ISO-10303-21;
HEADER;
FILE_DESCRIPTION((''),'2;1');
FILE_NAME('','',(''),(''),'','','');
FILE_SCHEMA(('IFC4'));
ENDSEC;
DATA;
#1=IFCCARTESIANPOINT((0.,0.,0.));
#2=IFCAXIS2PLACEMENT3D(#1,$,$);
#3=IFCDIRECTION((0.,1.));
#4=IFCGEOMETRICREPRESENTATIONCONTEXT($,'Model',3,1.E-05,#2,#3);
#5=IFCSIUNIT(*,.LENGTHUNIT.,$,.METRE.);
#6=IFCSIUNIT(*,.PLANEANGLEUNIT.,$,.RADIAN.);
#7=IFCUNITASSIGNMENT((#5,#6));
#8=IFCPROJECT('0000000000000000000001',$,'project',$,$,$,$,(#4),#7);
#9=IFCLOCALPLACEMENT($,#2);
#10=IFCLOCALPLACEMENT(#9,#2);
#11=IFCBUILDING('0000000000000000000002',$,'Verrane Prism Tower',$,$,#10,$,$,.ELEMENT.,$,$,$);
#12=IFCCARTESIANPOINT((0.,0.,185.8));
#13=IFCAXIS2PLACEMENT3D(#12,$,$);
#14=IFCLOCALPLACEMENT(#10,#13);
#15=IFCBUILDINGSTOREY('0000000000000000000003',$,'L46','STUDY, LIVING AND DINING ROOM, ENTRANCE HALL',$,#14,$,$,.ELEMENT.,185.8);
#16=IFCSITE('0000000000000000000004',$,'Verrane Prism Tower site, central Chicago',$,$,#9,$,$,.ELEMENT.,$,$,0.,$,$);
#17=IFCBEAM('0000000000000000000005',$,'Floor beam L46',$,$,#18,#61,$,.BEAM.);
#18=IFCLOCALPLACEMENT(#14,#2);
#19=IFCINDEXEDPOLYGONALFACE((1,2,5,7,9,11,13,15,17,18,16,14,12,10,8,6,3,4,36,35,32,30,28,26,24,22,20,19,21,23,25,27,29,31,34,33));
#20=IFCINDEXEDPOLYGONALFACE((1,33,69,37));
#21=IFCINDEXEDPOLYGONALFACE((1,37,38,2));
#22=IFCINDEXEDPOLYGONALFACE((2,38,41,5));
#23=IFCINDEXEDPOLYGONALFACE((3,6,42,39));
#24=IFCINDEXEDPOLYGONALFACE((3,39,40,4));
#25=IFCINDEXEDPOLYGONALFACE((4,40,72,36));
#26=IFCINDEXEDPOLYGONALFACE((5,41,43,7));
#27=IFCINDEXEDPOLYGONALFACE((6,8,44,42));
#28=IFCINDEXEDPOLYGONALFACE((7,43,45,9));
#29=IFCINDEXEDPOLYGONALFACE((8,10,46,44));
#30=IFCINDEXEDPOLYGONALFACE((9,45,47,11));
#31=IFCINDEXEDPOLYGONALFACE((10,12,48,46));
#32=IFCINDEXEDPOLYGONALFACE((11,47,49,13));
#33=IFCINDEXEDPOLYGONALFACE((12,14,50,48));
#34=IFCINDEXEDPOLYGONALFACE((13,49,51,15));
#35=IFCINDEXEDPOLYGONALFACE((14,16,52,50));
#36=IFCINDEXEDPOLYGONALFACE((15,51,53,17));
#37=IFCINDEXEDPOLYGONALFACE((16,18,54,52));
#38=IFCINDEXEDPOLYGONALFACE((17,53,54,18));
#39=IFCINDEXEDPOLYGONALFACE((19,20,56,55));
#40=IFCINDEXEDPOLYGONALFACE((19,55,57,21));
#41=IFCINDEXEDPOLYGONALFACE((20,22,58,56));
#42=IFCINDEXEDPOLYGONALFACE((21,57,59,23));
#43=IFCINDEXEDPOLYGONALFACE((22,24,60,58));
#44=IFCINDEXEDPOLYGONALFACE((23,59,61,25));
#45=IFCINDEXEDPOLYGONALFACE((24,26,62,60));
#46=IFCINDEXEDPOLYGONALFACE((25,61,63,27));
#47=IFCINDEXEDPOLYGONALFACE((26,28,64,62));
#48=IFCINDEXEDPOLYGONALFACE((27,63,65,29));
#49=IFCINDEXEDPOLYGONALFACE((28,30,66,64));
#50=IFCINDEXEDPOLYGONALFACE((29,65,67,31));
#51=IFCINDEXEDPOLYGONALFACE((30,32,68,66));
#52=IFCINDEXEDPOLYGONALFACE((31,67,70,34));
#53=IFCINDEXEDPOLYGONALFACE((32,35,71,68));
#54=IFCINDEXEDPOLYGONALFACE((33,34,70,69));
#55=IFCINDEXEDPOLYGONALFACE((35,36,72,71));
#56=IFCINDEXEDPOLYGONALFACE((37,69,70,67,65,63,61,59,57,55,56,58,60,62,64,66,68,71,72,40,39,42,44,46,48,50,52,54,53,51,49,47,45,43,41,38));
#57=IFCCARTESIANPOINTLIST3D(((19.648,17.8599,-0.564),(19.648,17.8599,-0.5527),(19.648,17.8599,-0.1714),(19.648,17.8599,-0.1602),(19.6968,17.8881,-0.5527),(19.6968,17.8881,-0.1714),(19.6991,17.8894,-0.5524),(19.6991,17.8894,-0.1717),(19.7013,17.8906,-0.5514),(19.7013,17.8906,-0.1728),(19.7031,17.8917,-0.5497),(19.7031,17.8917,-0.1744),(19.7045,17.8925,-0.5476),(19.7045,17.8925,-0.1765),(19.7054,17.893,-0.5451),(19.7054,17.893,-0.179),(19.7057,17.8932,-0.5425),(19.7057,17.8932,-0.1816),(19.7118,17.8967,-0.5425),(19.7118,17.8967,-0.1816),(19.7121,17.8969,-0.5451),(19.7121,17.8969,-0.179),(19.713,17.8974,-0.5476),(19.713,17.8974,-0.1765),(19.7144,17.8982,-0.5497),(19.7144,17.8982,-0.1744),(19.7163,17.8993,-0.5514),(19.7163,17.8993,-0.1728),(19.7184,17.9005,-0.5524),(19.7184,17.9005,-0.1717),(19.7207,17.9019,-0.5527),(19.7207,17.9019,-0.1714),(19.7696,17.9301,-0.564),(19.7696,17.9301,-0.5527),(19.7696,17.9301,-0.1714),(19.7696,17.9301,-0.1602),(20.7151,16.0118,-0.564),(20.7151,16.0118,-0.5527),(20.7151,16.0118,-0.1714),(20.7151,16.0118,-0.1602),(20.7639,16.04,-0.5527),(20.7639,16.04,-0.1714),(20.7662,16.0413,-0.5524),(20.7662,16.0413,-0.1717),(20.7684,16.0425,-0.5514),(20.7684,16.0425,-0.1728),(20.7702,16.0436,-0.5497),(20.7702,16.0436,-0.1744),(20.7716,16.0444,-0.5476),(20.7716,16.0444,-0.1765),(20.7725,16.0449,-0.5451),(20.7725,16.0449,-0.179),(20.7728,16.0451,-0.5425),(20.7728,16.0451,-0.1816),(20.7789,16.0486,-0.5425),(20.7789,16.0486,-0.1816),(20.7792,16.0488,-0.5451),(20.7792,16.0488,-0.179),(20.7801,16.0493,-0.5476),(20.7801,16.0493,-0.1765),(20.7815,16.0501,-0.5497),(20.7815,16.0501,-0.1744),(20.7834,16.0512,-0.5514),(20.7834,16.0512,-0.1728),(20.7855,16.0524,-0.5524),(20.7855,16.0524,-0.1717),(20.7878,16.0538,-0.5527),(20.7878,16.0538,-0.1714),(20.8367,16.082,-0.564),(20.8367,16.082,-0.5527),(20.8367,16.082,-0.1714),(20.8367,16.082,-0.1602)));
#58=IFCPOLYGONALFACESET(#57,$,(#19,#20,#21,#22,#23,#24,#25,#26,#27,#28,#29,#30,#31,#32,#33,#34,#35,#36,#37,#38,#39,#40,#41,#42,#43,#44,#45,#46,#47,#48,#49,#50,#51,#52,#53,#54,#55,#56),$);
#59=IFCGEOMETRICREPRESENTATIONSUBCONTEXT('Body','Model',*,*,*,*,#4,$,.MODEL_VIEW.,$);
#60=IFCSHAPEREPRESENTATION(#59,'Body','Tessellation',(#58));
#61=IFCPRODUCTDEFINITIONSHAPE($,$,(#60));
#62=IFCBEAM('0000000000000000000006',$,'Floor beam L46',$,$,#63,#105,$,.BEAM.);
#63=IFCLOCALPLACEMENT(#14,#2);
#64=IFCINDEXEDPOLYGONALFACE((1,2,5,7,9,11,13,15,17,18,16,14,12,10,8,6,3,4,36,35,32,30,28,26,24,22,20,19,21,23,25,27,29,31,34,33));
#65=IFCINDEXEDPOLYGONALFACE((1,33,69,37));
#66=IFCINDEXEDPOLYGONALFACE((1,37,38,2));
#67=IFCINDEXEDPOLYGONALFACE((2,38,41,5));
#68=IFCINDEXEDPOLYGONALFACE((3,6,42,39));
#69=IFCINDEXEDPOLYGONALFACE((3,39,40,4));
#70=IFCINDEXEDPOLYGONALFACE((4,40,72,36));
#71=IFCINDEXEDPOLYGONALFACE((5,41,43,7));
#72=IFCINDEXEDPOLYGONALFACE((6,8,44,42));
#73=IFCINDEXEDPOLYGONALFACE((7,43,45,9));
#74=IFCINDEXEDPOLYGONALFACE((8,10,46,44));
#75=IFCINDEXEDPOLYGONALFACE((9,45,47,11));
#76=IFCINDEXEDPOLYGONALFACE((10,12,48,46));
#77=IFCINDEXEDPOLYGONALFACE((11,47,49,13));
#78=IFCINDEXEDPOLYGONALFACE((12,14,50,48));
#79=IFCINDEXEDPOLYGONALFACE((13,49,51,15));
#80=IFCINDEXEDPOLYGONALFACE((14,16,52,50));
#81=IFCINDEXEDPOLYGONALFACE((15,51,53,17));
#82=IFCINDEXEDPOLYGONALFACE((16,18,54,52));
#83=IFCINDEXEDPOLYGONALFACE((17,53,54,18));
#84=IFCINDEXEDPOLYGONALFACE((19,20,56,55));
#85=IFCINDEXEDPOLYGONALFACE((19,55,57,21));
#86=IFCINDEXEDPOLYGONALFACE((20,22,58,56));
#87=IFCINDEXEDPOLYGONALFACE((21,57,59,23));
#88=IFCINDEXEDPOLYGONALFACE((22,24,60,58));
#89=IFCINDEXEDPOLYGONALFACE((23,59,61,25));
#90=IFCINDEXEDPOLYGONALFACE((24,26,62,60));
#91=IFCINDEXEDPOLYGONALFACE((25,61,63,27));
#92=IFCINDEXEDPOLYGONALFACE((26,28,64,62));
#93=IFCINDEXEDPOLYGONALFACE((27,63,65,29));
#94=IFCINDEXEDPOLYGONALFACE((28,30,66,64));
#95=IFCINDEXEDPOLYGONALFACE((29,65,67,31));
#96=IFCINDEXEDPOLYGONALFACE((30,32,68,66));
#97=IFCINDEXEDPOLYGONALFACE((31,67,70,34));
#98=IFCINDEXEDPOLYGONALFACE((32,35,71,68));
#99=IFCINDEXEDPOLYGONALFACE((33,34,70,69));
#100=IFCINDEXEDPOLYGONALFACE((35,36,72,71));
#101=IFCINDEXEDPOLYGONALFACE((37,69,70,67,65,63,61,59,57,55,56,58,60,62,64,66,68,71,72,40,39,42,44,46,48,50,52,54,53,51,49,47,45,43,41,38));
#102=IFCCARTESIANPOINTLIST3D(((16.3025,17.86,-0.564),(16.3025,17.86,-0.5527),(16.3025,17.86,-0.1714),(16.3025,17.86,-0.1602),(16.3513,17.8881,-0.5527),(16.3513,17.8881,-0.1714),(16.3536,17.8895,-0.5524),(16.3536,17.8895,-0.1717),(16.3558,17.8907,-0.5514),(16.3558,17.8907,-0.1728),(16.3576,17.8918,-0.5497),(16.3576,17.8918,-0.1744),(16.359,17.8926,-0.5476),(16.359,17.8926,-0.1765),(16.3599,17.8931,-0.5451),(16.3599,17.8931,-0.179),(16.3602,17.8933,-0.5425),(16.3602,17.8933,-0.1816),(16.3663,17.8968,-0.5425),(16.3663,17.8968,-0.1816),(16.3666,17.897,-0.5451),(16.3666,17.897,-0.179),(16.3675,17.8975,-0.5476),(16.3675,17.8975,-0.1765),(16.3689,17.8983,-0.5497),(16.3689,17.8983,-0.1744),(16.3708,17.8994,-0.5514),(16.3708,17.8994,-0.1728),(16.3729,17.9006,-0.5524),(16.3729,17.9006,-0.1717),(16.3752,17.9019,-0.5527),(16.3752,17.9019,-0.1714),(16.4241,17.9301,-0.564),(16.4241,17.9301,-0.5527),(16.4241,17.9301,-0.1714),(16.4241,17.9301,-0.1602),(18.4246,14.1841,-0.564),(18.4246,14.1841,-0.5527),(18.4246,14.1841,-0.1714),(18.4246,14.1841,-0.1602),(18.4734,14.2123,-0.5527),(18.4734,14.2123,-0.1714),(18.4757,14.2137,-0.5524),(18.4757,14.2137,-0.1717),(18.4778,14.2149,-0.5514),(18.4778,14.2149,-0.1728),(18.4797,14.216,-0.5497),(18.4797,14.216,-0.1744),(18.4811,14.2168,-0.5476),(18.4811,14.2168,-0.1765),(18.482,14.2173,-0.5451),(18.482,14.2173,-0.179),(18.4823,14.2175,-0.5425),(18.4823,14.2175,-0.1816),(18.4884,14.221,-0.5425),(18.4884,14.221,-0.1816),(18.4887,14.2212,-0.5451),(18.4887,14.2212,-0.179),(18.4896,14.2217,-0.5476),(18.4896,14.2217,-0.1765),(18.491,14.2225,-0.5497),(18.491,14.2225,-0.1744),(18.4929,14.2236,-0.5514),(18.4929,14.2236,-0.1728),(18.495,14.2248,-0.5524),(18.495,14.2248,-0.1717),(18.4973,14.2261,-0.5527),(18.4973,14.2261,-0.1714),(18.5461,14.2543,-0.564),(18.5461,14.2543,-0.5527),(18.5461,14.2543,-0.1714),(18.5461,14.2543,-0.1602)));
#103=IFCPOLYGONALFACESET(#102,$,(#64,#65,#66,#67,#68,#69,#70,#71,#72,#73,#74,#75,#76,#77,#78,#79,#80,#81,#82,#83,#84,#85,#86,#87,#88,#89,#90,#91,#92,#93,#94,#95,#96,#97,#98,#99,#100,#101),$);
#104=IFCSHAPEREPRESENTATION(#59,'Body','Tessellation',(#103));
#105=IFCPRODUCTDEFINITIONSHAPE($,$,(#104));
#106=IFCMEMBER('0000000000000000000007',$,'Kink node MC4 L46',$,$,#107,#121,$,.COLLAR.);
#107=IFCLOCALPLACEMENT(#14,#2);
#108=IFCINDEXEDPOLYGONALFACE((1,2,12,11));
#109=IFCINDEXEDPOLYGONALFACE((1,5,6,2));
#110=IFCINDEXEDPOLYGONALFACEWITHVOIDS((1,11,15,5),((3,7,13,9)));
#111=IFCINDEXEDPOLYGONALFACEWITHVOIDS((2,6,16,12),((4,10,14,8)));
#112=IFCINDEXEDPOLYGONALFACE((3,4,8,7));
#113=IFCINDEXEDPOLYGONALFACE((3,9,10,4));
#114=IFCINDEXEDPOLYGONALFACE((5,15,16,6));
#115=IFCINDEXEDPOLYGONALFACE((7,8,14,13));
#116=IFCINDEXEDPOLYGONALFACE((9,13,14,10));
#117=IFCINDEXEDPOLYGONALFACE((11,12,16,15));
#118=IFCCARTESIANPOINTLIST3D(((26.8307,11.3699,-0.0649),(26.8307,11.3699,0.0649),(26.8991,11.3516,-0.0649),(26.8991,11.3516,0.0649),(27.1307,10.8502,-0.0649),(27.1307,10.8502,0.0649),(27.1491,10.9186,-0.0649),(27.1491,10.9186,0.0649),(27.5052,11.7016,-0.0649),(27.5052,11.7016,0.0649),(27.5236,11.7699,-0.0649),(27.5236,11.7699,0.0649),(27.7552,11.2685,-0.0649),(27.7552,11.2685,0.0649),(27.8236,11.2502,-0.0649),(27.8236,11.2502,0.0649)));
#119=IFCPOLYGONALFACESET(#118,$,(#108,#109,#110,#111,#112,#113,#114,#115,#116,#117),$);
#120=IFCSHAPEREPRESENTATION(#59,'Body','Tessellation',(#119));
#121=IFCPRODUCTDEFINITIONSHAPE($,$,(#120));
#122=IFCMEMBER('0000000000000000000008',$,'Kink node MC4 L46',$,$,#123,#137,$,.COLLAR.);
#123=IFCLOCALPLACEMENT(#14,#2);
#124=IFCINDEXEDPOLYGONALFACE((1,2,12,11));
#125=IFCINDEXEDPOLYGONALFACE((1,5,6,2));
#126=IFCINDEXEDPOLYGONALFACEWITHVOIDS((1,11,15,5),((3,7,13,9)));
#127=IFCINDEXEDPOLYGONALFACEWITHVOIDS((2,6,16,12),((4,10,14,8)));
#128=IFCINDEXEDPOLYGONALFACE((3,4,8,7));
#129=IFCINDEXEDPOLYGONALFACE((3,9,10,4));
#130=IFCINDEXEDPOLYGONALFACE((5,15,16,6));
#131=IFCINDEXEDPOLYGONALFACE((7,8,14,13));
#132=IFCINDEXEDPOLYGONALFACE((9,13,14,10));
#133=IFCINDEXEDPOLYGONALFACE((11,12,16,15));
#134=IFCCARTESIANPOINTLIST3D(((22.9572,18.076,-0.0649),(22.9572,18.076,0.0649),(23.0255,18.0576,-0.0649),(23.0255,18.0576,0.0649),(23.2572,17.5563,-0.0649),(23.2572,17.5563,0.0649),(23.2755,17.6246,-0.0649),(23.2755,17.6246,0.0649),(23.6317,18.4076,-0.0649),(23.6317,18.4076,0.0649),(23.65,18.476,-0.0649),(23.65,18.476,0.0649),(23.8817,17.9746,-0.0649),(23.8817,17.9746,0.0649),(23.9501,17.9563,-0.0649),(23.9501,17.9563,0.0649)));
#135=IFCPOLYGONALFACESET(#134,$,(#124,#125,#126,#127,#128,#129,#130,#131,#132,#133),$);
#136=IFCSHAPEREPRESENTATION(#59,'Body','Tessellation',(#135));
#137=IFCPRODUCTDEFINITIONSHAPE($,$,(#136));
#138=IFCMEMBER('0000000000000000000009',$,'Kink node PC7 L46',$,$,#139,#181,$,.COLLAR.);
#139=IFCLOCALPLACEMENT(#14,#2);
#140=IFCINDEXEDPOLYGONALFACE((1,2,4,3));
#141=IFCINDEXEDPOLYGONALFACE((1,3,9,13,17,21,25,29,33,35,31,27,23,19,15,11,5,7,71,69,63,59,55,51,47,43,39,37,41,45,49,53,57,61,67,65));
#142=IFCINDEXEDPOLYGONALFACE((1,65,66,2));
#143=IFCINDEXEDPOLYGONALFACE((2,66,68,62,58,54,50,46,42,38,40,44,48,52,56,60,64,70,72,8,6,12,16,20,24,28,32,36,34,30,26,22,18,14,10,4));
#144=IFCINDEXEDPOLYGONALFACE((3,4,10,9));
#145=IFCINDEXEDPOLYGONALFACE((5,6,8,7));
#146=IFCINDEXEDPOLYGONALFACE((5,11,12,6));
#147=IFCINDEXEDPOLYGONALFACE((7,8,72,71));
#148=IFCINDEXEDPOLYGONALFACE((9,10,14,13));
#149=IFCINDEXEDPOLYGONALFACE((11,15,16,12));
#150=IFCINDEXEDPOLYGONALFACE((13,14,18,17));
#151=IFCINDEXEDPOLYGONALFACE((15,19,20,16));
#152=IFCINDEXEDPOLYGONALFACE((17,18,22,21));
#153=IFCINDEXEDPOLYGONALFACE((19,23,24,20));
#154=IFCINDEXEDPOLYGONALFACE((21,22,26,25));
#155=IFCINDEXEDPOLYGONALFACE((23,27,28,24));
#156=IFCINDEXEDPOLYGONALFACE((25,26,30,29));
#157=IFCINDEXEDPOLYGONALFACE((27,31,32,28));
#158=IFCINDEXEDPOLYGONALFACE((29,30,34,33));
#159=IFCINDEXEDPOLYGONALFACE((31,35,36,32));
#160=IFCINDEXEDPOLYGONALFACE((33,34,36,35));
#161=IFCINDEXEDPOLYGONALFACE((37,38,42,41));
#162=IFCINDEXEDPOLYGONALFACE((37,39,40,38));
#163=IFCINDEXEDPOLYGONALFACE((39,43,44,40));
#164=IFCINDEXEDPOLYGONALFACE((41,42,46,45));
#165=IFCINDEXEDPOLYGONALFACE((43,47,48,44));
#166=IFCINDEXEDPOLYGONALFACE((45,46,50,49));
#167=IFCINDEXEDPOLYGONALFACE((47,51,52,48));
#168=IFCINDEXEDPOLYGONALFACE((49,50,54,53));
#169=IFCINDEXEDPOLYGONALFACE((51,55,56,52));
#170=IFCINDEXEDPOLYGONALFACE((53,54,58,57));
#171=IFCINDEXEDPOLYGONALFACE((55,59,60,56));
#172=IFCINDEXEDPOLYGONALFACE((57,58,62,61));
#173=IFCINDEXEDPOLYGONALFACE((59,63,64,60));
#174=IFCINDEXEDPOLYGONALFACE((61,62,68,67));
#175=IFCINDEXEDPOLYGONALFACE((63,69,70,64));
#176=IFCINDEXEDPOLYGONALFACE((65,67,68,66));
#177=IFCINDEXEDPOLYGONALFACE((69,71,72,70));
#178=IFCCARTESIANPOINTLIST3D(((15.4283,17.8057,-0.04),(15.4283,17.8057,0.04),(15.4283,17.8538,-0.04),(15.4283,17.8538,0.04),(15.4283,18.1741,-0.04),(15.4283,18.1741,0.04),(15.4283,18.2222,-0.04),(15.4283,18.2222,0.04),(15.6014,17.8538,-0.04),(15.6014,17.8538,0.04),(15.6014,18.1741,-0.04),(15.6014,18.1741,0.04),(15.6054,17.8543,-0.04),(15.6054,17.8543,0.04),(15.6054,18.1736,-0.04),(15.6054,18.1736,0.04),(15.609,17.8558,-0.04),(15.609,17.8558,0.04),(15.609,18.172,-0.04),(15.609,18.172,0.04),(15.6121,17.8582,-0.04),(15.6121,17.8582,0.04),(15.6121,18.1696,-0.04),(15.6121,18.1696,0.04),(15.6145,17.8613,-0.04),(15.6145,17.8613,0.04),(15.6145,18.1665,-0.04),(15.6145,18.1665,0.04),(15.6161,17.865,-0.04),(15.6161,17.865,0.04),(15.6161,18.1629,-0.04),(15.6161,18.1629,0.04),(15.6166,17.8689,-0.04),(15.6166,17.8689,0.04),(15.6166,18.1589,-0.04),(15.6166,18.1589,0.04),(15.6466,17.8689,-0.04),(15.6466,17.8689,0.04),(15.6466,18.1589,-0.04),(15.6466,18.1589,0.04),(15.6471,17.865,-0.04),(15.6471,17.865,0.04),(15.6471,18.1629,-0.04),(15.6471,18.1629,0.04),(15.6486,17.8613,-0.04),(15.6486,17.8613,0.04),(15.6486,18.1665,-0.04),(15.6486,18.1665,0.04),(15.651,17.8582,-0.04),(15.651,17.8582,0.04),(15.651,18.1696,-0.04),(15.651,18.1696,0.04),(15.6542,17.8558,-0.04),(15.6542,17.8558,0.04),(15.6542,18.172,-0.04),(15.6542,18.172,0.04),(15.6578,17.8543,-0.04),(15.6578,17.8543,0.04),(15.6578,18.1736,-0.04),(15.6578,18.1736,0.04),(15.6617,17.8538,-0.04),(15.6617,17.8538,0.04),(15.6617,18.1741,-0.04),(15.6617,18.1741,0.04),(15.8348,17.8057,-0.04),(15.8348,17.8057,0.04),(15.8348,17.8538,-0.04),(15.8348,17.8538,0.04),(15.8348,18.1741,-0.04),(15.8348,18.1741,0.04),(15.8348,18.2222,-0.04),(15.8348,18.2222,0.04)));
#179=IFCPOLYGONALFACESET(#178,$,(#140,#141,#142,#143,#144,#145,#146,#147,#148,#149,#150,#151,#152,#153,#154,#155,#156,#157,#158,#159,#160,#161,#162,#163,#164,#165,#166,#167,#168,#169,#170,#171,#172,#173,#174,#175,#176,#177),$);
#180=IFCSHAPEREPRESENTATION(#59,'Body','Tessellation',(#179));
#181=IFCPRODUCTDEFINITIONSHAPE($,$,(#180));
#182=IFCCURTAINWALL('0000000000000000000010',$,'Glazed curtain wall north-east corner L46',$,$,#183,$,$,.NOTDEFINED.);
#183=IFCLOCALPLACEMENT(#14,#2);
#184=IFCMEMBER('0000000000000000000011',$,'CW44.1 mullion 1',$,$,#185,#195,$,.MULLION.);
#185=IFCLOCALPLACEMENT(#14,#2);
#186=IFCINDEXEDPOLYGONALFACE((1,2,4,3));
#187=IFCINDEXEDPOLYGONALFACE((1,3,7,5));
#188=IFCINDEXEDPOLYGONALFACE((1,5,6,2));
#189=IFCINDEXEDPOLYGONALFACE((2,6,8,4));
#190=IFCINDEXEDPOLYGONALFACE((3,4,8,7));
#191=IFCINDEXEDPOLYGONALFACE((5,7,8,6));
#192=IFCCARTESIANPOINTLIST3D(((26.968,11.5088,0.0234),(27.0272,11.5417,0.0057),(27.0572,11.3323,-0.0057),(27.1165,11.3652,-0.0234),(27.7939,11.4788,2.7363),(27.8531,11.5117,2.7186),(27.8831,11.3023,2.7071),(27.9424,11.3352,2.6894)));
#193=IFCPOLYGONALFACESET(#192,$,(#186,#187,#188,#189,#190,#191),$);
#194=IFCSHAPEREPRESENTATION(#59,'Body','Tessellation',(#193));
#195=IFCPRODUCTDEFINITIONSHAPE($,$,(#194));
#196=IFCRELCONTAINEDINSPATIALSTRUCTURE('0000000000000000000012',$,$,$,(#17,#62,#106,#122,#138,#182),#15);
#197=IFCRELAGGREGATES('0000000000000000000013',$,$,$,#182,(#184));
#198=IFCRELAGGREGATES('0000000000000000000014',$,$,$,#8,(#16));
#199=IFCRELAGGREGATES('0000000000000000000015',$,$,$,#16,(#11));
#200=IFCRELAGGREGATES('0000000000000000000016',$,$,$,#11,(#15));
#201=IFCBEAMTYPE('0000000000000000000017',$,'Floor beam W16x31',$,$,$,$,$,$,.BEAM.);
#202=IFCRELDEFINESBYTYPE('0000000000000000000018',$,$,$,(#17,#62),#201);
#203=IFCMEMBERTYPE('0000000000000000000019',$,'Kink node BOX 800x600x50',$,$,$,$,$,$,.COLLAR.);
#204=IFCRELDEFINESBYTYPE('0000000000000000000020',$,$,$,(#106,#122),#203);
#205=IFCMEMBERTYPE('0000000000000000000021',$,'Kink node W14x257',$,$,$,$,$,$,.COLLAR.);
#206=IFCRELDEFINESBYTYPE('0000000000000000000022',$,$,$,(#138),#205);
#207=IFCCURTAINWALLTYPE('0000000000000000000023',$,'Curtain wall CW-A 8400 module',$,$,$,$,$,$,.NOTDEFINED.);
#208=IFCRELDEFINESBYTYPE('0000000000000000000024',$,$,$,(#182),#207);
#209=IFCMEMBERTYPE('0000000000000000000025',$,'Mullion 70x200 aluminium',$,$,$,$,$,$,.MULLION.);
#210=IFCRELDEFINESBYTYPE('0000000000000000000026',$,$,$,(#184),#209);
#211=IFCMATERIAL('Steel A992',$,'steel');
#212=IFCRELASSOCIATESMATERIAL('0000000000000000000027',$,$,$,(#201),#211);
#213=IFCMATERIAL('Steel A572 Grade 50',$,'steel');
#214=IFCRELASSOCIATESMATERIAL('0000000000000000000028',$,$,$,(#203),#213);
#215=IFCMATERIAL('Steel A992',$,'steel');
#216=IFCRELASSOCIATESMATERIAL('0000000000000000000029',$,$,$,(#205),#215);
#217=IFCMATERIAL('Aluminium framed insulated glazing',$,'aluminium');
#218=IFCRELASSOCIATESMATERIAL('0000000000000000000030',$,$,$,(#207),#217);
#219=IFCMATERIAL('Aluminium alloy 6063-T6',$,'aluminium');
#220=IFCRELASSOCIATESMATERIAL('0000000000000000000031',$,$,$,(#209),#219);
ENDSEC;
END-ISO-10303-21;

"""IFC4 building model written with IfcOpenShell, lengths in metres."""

from ifc_helpers import new_model, si_unit, direction, frame, origin, origin_2d, place, context, subcontext, project, spatial, rectangle, hollow_rectangle, i_section, extrude, material, material_profile, profile_set, type_object, element, aggregate, save


model = new_model("IFC4")

# Units and contexts
model_context = context("Model", 3, precision=1e-05, world=origin(), true_north=direction((0.0, 1.0)))
body_context = subcontext(model_context, "Body", "Model", "MODEL_VIEW")
ifc_project = project(units=[si_unit("LENGTHUNIT", "METRE"), si_unit("PLANEANGLEUNIT", "RADIAN")], contexts=[model_context])

# Site, building, storey
site_placement = place(None, origin())
site = spatial("IfcSite", under=ifc_project, at=site_placement, Name="Verrane Prism Tower site, central Chicago", CompositionType="ELEMENT", RefElevation=0.0)
building_placement = place(site_placement, origin())
building = spatial("IfcBuilding", under=site, at=building_placement, Name="Verrane Prism Tower", CompositionType="ELEMENT")
storey_placement = place(building_placement, frame((0.0, 0.0, 185.8)))
storey = spatial("IfcBuildingStorey", under=building, at=storey_placement, Name="L46", Description="STUDY, LIVING AND DINING ROOM, ENTRANCE HALL", CompositionType="ELEMENT", Elevation=185.8)

# Beams
ifc_material_1 = material(Name="Steel A992", Category="steel")
ifc_material_profile_1 = material_profile(ifc_material_1, i_section(OverallWidth=0.1404, OverallDepth=0.4038, WebThickness=0.0071, FlangeThickness=0.0112, FilletRadius=0.0103, at=origin_2d()), Name="W16x31")
ifc_profile_set_1 = profile_set([ifc_material_profile_1], Name="Steel A992")
beam_type_1 = type_object("IfcBeamType", Name="Floor beam W16x31", PredefinedType="BEAM", material=ifc_profile_set_1)
beam_1_placement = place(storey_placement, frame((20.7759, 16.0469, -0.3621), z_axis=(-0.500039, 0.866003, 0.0), x_axis=(-0.866003, -0.500039, 0.0)))
element("IfcBeam", 1, at=beam_1_placement, inside=storey, type_object=beam_type_1, Name="Floor beam L46", PredefinedType="BEAM", context=body_context, shape_type="SweptSolid", body=[
    extrude(i_section(OverallWidth=0.1404, OverallDepth=0.4038, WebThickness=0.0071, FlangeThickness=0.0112, FilletRadius=0.0103, at=origin_2d()), origin(), (0.0, 0.0, 1.0), 2.134),
])
beam_2_placement = place(storey_placement, frame((18.4854, 14.2192, -0.3621), z_axis=(-0.499975, 0.86604, 0.0), x_axis=(-0.86604, -0.499975, 0.0)))
element("IfcBeam", 2, at=beam_2_placement, inside=storey, type_object=beam_type_1, Name="Floor beam L46", PredefinedType="BEAM", context=body_context, shape_type="SweptSolid", body=[
    extrude(i_section(OverallWidth=0.1404, OverallDepth=0.4038, WebThickness=0.0071, FlangeThickness=0.0112, FilletRadius=0.0103, at=origin_2d()), origin(), (0.0, 0.0, 1.0), 4.2444),
])

# Members
ifc_material_2 = material(Name="Steel A572 Grade 50", Category="steel")
ifc_material_profile_2 = material_profile(ifc_material_2, hollow_rectangle(XDim=0.6001, YDim=0.8, WallThickness=0.05, at=origin_2d()), Name="BOX 800x600x50")
ifc_profile_set_2 = profile_set([ifc_material_profile_2], Name="Steel A572 Grade 50")
member_type_1 = type_object("IfcMemberType", Name="Kink node BOX 800x600x50", PredefinedType="COLLAR", material=ifc_profile_set_2)
for number, where, z_axis, x_axis, name in (
    (3, (27.3271, 11.3101, -0.0649), (0.0, 0.0, 1.0), (0.5, -0.866025, 0.0), "Kink node MC4 L46"),
    (4, (23.4536, 18.0161, -0.0649), (0.0, 0.0, 1.0), (0.5, -0.866025, 0.0), "Kink node MC4 L46"),
):
    element("IfcMember", number, at=place(storey_placement, frame(where, z_axis=z_axis, x_axis=x_axis)), inside=storey, type_object=member_type_1, Name=name, PredefinedType="COLLAR", context=body_context, shape_type="SweptSolid", body=[
        extrude(hollow_rectangle(XDim=0.6001, YDim=0.8, WallThickness=0.05, at=origin_2d()), origin(), (0.0, 0.0, 1.0), 0.1299),
    ])
ifc_material_3 = material(Name="Steel A992", Category="steel")
ifc_material_profile_3 = material_profile(ifc_material_3, i_section(OverallWidth=0.4065, OverallDepth=0.4165, WebThickness=0.03, FlangeThickness=0.0481, FilletRadius=0.0151, at=origin_2d()), Name="W14x257")
ifc_profile_set_3 = profile_set([ifc_material_profile_3], Name="Steel A992")
member_type_2 = type_object("IfcMemberType", Name="Kink node W14x257", PredefinedType="COLLAR", material=ifc_profile_set_3)
member_1_placement = place(storey_placement, frame((15.6316, 18.0139, -0.04), z_axis=(0.0, 0.0, 1.0), x_axis=(1.0, 0.0, 0.0)))
element("IfcMember", 5, at=member_1_placement, inside=storey, type_object=member_type_2, Name="Kink node PC7 L46", PredefinedType="COLLAR", context=body_context, shape_type="SweptSolid", body=[
    extrude(i_section(OverallWidth=0.4065, OverallDepth=0.4165, WebThickness=0.03, FlangeThickness=0.0481, FilletRadius=0.0151, at=origin_2d()), origin(), (0.0, 0.0, 1.0), 0.0801),
])

# Curtain wall, member
ifc_material_4 = material(Name="Aluminium framed insulated glazing", Category="aluminium")
curtain_wall_type = type_object("IfcCurtainWallType", Name="Curtain wall CW-A 8400 module", PredefinedType="NOTDEFINED", material=ifc_material_4)
curtain_wall_1_placement = place(storey_placement, origin())
curtain_wall_1 = element("IfcCurtainWall", 6, at=curtain_wall_1_placement, inside=storey, type_object=curtain_wall_type, Name="Glazed curtain wall north-east corner L46", PredefinedType="NOTDEFINED")
ifc_material_5 = material(Name="Aluminium alloy 6063-T6", Category="aluminium")
ifc_material_profile_4 = material_profile(ifc_material_5, rectangle(XDim=0.2, YDim=0.0701, at=origin_2d()), Name="Mullion 70x200 aluminium")
ifc_profile_set_4 = profile_set([ifc_material_profile_4], Name="Aluminium alloy 6063-T6")
member_type_3 = type_object("IfcMemberType", Name="Mullion 70x200 aluminium", PredefinedType="MULLION", material=ifc_profile_set_4)
member_2_placement = place(storey_placement, frame((27.0422, 11.437, 0.0), z_axis=(0.291231, -0.010589, 0.956594), x_axis=(0.446517, -0.882831, -0.145712)))
member_2 = element("IfcMember", 7, at=member_2_placement, type_object=member_type_3, Name="CW44.1 mullion 1", PredefinedType="MULLION", context=body_context, shape_type="SweptSolid", body=[
    extrude(rectangle(XDim=0.2, YDim=0.0701, at=origin_2d()), origin(), (0.0, 0.0, 1.0), 2.8359),
])

aggregate(curtain_wall_1, [member_2])

save(model, "model.ifc")
